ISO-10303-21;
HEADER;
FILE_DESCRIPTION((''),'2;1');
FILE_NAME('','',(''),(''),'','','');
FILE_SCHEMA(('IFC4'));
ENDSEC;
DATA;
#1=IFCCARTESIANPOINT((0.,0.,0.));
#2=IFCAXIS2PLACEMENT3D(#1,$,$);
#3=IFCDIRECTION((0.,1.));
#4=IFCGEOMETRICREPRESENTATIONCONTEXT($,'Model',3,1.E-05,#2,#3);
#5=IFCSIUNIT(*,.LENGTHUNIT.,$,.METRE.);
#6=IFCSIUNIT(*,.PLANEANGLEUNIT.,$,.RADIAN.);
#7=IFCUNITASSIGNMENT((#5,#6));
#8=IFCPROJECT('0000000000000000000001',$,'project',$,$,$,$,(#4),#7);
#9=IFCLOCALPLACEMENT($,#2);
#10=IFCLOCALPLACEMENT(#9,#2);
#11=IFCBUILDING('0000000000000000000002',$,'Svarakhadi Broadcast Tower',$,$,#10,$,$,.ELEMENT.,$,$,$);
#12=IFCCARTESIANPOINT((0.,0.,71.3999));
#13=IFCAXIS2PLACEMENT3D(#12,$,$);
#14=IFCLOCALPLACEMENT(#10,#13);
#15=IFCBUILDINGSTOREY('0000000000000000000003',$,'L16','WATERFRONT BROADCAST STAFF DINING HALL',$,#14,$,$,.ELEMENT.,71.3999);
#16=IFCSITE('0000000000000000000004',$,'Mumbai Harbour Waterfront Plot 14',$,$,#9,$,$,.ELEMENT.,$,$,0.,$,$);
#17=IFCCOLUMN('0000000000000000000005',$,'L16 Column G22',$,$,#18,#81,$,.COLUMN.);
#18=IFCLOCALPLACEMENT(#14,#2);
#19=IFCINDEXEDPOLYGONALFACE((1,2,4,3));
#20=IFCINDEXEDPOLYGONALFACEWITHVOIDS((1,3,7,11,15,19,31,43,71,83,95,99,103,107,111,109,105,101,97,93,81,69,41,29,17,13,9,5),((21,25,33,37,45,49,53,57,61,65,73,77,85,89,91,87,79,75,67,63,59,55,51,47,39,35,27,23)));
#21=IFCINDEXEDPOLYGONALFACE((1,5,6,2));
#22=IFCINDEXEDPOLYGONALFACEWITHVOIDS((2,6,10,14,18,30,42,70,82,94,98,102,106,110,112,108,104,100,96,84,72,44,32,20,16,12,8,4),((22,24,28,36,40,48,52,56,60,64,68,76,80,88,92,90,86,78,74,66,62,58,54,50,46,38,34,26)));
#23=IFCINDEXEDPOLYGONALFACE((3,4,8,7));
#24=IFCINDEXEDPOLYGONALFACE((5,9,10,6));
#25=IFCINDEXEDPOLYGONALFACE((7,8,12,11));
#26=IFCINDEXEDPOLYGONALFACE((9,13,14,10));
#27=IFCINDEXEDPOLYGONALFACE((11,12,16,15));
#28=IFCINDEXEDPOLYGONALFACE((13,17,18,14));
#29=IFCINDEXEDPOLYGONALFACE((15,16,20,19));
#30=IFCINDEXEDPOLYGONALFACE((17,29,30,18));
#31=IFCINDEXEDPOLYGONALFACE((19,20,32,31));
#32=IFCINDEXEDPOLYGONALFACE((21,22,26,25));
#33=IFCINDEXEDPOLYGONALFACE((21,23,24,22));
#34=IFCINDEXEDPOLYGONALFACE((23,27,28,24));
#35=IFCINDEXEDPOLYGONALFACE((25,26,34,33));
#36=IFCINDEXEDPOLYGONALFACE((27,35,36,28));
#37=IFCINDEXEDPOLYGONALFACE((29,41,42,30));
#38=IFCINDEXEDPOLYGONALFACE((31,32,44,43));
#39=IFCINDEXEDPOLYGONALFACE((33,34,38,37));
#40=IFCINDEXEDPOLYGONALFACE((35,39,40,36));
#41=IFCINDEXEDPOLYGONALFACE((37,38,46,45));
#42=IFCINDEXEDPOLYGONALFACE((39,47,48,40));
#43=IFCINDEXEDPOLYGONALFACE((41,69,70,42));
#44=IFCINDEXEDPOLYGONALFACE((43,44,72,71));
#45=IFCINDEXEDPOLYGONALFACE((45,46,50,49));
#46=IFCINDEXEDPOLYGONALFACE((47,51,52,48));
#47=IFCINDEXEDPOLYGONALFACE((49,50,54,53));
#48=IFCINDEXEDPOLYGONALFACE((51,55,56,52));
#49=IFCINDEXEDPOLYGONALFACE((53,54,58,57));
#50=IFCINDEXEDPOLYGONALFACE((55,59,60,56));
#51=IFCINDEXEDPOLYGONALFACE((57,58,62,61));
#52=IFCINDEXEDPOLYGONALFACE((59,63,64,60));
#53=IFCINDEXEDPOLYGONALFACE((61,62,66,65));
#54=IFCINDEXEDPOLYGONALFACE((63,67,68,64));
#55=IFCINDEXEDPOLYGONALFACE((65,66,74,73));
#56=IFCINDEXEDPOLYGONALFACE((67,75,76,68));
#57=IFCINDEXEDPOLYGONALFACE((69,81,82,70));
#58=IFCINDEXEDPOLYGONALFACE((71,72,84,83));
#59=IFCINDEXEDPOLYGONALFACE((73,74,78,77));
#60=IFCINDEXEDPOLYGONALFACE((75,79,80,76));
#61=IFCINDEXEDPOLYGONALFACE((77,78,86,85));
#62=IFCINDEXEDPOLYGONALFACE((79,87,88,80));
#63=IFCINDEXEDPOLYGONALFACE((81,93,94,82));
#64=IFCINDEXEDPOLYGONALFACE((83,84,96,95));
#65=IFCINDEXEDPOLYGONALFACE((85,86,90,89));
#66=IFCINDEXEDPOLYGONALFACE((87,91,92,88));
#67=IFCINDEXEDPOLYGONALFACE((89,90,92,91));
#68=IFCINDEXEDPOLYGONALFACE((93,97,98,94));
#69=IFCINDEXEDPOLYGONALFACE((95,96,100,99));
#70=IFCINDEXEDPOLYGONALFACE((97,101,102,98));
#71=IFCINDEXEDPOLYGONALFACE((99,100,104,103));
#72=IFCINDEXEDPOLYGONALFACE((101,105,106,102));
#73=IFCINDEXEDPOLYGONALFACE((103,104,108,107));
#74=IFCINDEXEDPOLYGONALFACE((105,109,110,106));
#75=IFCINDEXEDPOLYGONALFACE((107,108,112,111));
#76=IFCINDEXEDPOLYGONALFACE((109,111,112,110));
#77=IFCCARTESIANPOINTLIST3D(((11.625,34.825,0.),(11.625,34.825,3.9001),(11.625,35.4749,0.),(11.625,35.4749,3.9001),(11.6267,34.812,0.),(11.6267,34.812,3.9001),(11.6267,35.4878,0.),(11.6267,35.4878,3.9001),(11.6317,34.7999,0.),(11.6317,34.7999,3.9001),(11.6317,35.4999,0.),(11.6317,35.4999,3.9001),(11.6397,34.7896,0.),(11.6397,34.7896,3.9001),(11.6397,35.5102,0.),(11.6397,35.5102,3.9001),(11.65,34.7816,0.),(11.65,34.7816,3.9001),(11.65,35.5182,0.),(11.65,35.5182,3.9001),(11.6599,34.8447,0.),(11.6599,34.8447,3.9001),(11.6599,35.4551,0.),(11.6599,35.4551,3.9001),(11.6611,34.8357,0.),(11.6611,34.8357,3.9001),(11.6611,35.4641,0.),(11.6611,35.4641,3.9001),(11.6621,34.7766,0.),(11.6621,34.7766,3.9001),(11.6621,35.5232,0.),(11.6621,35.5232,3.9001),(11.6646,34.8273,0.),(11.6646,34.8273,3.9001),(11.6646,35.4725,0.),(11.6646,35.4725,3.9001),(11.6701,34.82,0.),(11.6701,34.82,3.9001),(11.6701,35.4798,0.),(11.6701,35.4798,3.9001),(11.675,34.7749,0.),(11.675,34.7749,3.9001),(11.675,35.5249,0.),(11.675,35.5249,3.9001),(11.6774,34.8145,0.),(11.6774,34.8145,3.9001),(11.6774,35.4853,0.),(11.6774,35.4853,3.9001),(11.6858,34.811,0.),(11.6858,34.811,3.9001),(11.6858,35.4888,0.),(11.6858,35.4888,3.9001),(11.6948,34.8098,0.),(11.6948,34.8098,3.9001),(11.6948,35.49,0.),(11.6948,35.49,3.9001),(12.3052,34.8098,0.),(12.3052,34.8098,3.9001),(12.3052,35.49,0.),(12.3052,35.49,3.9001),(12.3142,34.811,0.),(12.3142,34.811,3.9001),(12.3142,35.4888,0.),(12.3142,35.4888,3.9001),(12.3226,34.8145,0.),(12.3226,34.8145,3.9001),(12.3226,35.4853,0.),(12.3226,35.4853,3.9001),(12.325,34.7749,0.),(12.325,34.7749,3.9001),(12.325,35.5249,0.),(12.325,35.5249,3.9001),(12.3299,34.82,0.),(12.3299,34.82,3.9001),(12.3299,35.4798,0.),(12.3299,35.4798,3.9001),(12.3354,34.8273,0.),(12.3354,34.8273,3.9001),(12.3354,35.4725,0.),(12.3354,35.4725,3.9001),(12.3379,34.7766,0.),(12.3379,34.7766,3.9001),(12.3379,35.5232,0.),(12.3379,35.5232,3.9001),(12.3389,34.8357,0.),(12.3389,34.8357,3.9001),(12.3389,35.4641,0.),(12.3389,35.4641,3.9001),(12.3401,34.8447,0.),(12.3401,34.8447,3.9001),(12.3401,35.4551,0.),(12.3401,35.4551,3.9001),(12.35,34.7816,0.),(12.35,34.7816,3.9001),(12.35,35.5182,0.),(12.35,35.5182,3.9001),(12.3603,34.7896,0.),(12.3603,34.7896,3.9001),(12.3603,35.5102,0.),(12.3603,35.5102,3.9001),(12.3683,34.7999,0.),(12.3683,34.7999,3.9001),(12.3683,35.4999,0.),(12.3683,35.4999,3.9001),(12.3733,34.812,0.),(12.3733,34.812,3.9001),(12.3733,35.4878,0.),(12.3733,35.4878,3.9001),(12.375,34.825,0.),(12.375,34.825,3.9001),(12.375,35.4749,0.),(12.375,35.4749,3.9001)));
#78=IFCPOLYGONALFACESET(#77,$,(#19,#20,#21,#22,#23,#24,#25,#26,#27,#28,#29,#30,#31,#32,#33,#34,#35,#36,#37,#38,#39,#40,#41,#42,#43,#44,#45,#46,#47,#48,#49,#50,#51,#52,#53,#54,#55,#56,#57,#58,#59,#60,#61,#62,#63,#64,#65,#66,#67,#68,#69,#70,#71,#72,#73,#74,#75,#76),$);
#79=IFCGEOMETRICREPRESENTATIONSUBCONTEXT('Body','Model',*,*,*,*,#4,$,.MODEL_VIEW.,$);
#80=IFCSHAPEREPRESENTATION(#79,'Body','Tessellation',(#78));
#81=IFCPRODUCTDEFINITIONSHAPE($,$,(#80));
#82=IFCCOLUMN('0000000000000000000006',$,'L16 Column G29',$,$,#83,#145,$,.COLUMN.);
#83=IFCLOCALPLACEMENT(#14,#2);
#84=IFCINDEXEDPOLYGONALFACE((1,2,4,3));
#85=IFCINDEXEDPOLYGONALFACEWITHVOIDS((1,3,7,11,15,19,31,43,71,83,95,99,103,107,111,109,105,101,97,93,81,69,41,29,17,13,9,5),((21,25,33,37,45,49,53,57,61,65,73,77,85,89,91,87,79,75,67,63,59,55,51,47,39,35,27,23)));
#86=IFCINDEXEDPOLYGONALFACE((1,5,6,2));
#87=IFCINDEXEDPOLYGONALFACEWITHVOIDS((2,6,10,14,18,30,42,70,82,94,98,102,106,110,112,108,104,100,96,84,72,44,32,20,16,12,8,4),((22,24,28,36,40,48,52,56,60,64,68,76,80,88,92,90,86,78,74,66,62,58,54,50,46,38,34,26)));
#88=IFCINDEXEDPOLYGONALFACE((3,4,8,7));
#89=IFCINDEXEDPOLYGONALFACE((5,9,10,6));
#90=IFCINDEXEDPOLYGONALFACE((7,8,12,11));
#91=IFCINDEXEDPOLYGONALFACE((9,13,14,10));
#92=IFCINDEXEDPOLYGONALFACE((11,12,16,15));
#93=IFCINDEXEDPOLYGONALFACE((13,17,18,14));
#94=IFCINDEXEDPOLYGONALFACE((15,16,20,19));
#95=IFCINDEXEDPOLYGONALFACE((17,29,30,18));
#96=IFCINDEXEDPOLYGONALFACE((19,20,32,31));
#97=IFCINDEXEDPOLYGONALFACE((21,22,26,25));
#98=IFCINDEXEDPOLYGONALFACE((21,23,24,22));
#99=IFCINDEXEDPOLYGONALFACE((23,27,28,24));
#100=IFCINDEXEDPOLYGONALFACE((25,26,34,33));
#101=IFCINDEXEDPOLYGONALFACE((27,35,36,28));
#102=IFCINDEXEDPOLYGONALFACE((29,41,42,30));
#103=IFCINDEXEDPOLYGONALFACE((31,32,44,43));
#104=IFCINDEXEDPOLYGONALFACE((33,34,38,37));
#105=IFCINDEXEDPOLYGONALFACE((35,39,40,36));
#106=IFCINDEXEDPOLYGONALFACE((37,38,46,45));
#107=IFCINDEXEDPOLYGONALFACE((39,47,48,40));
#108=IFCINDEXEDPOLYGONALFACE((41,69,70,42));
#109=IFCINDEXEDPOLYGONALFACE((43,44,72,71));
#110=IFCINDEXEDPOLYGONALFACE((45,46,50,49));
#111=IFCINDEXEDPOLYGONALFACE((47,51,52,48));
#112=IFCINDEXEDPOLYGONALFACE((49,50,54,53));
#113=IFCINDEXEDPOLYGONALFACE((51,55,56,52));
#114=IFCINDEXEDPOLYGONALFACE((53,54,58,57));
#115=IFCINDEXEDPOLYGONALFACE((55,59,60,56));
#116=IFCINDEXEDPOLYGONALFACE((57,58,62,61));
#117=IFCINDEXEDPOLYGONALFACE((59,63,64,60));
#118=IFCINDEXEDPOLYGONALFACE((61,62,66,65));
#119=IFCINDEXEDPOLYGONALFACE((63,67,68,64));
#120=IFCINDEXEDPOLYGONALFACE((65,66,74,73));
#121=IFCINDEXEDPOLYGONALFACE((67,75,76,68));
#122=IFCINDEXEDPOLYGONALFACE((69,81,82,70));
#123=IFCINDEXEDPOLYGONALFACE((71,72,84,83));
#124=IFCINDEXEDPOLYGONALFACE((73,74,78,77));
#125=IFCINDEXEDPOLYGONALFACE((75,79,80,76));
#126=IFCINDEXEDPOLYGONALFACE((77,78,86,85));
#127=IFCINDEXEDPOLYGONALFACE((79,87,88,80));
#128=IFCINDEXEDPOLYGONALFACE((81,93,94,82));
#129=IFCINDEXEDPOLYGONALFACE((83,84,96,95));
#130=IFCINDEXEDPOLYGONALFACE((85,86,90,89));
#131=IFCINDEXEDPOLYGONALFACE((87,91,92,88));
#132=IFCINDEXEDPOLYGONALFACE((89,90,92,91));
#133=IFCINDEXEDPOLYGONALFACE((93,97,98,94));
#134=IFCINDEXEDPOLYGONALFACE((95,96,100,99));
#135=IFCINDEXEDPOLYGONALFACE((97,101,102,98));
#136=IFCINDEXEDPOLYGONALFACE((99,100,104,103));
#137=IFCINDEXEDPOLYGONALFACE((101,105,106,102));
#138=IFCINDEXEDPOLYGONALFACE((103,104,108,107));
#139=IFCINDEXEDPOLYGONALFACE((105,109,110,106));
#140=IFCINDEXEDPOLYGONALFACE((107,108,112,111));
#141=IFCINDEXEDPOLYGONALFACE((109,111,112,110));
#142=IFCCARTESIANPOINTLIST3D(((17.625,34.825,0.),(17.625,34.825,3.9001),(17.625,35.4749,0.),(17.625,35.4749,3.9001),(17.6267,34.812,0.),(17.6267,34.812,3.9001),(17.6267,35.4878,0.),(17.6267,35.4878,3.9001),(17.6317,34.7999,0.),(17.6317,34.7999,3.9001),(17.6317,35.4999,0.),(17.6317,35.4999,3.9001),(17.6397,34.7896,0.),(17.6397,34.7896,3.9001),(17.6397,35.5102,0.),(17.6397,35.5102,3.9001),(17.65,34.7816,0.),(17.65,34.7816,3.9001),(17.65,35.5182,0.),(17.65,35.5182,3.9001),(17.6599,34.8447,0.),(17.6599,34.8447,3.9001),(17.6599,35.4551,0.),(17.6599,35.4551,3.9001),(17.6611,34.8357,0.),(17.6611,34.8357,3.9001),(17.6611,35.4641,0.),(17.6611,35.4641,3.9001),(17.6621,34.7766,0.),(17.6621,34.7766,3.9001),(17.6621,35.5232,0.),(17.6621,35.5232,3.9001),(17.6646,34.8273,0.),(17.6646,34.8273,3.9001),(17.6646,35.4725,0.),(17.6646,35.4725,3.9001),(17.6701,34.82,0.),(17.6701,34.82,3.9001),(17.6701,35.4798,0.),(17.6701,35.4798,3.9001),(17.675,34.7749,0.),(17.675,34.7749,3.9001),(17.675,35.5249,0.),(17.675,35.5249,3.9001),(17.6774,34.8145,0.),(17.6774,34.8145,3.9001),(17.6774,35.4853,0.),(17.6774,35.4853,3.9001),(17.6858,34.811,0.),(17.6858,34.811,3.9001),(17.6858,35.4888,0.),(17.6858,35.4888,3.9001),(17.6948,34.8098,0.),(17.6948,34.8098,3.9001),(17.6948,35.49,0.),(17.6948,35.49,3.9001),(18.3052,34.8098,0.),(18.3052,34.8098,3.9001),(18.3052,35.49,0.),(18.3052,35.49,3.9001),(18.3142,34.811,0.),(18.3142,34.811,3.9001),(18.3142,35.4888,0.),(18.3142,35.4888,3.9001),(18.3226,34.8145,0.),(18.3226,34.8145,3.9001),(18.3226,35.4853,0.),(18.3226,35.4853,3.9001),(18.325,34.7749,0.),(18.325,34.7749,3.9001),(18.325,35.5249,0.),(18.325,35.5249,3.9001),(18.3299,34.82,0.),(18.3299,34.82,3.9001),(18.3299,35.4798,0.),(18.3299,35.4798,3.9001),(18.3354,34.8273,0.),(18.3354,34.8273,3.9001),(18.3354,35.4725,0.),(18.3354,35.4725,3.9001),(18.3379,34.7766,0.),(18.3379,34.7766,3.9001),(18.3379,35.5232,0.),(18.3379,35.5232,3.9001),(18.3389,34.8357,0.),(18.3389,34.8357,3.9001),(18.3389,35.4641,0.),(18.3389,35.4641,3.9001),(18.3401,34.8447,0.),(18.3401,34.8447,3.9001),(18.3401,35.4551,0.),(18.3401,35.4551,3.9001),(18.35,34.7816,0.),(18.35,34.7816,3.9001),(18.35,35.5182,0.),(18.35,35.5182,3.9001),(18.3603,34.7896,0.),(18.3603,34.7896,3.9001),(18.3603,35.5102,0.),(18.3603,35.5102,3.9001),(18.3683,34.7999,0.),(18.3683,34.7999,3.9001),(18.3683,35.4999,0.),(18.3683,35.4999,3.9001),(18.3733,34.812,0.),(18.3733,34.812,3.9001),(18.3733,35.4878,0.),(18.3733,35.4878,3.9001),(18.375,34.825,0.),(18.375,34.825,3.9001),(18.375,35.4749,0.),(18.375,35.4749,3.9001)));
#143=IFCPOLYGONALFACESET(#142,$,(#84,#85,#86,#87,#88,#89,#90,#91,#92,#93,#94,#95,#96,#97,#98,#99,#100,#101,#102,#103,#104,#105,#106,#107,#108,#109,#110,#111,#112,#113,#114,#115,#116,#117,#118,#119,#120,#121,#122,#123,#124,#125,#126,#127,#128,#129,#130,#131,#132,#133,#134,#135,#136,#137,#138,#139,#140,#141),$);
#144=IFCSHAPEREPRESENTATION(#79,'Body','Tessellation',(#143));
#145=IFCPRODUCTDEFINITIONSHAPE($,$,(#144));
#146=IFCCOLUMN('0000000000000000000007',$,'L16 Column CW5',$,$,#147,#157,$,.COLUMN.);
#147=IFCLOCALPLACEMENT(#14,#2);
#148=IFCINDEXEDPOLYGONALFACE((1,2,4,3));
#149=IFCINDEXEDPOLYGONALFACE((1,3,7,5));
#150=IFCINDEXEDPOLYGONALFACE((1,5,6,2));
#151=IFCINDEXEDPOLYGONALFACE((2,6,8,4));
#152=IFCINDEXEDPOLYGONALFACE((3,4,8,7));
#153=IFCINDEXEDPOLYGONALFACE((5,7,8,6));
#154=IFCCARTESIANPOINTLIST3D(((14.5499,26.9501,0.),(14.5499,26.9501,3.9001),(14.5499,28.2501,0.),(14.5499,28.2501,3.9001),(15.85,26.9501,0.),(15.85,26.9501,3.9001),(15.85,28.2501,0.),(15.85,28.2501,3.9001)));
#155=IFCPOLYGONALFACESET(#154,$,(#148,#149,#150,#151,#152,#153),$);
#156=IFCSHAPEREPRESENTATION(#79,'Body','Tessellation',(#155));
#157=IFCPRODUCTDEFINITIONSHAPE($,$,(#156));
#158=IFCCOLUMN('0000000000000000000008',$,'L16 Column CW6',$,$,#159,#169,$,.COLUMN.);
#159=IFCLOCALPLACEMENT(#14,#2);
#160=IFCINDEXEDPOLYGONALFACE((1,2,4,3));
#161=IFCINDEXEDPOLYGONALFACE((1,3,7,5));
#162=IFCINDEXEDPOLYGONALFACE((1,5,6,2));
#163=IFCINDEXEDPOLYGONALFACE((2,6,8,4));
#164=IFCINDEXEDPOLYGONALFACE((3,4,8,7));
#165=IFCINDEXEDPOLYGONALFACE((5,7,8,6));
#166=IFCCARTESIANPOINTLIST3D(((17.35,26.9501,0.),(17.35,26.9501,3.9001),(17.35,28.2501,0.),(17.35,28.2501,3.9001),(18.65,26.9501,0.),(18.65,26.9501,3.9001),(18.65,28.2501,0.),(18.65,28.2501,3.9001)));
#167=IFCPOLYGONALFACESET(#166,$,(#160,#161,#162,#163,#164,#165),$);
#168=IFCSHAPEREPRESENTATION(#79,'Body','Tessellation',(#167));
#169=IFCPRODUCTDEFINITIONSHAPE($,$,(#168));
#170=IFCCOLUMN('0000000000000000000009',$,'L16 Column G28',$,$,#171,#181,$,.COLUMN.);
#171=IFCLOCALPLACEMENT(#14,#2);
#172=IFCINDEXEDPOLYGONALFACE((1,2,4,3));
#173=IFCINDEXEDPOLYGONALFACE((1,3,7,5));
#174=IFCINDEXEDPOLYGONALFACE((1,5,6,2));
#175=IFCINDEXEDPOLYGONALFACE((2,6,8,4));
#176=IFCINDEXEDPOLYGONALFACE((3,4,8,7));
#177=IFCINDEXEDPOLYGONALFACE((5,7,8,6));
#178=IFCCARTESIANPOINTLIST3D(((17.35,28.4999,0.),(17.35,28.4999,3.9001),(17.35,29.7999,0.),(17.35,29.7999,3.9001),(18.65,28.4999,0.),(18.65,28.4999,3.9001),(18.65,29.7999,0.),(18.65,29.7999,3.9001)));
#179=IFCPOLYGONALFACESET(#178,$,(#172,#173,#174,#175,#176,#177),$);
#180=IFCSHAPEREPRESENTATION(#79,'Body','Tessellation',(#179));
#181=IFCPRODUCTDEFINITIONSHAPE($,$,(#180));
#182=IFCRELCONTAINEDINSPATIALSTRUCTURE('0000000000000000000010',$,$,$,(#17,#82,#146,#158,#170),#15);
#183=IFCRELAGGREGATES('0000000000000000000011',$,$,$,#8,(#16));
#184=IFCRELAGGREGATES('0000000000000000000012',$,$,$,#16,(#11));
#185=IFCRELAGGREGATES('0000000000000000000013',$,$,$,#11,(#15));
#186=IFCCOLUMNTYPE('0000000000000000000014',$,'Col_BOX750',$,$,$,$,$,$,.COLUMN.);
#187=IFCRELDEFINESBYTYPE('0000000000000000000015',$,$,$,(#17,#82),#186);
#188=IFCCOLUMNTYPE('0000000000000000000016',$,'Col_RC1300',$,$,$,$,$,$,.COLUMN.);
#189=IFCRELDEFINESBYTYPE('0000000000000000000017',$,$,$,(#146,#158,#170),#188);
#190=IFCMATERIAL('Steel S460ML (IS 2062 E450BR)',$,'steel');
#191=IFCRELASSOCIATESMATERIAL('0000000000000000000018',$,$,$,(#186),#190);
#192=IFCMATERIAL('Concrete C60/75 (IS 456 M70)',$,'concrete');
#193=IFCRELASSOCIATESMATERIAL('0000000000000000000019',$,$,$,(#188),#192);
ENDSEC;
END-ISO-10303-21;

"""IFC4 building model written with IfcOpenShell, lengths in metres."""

from ifc_helpers import new_model, si_unit, direction, frame, origin, origin_2d, place, context, subcontext, project, spatial, rectangle, hollow_rectangle, extrude, material, material_profile, profile_set, type_object, element, save


model = new_model("IFC4")

# Units and contexts
model_context = context("Model", 3, precision=1e-05, world=origin(), true_north=direction((0.0, 1.0)))
body_context = subcontext(model_context, "Body", "Model", "MODEL_VIEW")
ifc_project = project(units=[si_unit("LENGTHUNIT", "METRE"), si_unit("PLANEANGLEUNIT", "RADIAN")], contexts=[model_context])

# Site, building, storey
site_placement = place(None, origin())
site = spatial("IfcSite", under=ifc_project, at=site_placement, Name="Mumbai Harbour Waterfront Plot 14", CompositionType="ELEMENT", RefElevation=0.0)
building_placement = place(site_placement, origin())
building = spatial("IfcBuilding", under=site, at=building_placement, Name="Svarakhadi Broadcast Tower", CompositionType="ELEMENT")
storey_placement = place(building_placement, frame((0.0, 0.0, 71.3999)))
storey = spatial("IfcBuildingStorey", under=building, at=storey_placement, Name="L16", Description="WATERFRONT BROADCAST STAFF DINING HALL", CompositionType="ELEMENT", Elevation=71.3999)

# Columns
ifc_material_1 = material(Name="Steel S460ML (IS 2062 E450BR)", Category="steel")
ifc_material_profile_1 = material_profile(ifc_material_1, hollow_rectangle(XDim=0.75, YDim=0.75, WallThickness=0.0349, InnerFilletRadius=0.0349, OuterFilletRadius=0.05, at=origin_2d()), Name="BOX 750x750x35")
ifc_profile_set_1 = profile_set([ifc_material_profile_1], Name="Steel S460ML (IS 2062 E450BR)")
column_type_1 = type_object("IfcColumnType", Name="Col_BOX750", PredefinedType="COLUMN", material=ifc_profile_set_1)
for number, where, z_axis, x_axis, name in (
    (1, (12.0, 35.1499, 0.0), (0.0, 0.0, 1.0), (1.0, 0.0, 0.0), "L16 Column G22"),
    (2, (18.0, 35.1499, 0.0), (0.0, 0.0, 1.0), (1.0, 0.0, 0.0), "L16 Column G29"),
):
    element("IfcColumn", number, at=place(storey_placement, frame(where, z_axis=z_axis, x_axis=x_axis)), inside=storey, type_object=column_type_1, Name=name, PredefinedType="COLUMN", context=body_context, shape_type="SweptSolid", body=[
        extrude(hollow_rectangle(XDim=0.75, YDim=0.75, WallThickness=0.0349, InnerFilletRadius=0.0349, OuterFilletRadius=0.05, at=origin_2d()), origin(), (0.0, 0.0, 1.0), 3.9001),
    ])
ifc_material_2 = material(Name="Concrete C60/75 (IS 456 M70)", Category="concrete")
ifc_material_profile_2 = material_profile(ifc_material_2, rectangle(XDim=1.3, YDim=1.3, at=origin_2d()), Name="RC 1300x1300")
ifc_profile_set_2 = profile_set([ifc_material_profile_2], Name="Concrete C60/75 (IS 456 M70)")
column_type_2 = type_object("IfcColumnType", Name="Col_RC1300", PredefinedType="COLUMN", material=ifc_profile_set_2)
for number, where, z_axis, x_axis, name in (
    (3, (15.2, 27.6001, 0.0), (0.0, 0.0, 1.0), (1.0, 0.0, 0.0), "L16 Column CW5"),
    (4, (18.0, 27.6001, 0.0), (0.0, 0.0, 1.0), (1.0, 0.0, 0.0), "L16 Column CW6"),
    (5, (18.0, 29.1499, 0.0), (0.0, 0.0, 1.0), (1.0, 0.0, 0.0), "L16 Column G28"),
):
    element("IfcColumn", number, at=place(storey_placement, frame(where, z_axis=z_axis, x_axis=x_axis)), inside=storey, type_object=column_type_2, Name=name, PredefinedType="COLUMN", context=body_context, shape_type="SweptSolid", body=[
        extrude(rectangle(XDim=1.3, YDim=1.3, at=origin_2d()), origin(), (0.0, 0.0, 1.0), 3.9001),
    ])

save(model, "model.ifc")
